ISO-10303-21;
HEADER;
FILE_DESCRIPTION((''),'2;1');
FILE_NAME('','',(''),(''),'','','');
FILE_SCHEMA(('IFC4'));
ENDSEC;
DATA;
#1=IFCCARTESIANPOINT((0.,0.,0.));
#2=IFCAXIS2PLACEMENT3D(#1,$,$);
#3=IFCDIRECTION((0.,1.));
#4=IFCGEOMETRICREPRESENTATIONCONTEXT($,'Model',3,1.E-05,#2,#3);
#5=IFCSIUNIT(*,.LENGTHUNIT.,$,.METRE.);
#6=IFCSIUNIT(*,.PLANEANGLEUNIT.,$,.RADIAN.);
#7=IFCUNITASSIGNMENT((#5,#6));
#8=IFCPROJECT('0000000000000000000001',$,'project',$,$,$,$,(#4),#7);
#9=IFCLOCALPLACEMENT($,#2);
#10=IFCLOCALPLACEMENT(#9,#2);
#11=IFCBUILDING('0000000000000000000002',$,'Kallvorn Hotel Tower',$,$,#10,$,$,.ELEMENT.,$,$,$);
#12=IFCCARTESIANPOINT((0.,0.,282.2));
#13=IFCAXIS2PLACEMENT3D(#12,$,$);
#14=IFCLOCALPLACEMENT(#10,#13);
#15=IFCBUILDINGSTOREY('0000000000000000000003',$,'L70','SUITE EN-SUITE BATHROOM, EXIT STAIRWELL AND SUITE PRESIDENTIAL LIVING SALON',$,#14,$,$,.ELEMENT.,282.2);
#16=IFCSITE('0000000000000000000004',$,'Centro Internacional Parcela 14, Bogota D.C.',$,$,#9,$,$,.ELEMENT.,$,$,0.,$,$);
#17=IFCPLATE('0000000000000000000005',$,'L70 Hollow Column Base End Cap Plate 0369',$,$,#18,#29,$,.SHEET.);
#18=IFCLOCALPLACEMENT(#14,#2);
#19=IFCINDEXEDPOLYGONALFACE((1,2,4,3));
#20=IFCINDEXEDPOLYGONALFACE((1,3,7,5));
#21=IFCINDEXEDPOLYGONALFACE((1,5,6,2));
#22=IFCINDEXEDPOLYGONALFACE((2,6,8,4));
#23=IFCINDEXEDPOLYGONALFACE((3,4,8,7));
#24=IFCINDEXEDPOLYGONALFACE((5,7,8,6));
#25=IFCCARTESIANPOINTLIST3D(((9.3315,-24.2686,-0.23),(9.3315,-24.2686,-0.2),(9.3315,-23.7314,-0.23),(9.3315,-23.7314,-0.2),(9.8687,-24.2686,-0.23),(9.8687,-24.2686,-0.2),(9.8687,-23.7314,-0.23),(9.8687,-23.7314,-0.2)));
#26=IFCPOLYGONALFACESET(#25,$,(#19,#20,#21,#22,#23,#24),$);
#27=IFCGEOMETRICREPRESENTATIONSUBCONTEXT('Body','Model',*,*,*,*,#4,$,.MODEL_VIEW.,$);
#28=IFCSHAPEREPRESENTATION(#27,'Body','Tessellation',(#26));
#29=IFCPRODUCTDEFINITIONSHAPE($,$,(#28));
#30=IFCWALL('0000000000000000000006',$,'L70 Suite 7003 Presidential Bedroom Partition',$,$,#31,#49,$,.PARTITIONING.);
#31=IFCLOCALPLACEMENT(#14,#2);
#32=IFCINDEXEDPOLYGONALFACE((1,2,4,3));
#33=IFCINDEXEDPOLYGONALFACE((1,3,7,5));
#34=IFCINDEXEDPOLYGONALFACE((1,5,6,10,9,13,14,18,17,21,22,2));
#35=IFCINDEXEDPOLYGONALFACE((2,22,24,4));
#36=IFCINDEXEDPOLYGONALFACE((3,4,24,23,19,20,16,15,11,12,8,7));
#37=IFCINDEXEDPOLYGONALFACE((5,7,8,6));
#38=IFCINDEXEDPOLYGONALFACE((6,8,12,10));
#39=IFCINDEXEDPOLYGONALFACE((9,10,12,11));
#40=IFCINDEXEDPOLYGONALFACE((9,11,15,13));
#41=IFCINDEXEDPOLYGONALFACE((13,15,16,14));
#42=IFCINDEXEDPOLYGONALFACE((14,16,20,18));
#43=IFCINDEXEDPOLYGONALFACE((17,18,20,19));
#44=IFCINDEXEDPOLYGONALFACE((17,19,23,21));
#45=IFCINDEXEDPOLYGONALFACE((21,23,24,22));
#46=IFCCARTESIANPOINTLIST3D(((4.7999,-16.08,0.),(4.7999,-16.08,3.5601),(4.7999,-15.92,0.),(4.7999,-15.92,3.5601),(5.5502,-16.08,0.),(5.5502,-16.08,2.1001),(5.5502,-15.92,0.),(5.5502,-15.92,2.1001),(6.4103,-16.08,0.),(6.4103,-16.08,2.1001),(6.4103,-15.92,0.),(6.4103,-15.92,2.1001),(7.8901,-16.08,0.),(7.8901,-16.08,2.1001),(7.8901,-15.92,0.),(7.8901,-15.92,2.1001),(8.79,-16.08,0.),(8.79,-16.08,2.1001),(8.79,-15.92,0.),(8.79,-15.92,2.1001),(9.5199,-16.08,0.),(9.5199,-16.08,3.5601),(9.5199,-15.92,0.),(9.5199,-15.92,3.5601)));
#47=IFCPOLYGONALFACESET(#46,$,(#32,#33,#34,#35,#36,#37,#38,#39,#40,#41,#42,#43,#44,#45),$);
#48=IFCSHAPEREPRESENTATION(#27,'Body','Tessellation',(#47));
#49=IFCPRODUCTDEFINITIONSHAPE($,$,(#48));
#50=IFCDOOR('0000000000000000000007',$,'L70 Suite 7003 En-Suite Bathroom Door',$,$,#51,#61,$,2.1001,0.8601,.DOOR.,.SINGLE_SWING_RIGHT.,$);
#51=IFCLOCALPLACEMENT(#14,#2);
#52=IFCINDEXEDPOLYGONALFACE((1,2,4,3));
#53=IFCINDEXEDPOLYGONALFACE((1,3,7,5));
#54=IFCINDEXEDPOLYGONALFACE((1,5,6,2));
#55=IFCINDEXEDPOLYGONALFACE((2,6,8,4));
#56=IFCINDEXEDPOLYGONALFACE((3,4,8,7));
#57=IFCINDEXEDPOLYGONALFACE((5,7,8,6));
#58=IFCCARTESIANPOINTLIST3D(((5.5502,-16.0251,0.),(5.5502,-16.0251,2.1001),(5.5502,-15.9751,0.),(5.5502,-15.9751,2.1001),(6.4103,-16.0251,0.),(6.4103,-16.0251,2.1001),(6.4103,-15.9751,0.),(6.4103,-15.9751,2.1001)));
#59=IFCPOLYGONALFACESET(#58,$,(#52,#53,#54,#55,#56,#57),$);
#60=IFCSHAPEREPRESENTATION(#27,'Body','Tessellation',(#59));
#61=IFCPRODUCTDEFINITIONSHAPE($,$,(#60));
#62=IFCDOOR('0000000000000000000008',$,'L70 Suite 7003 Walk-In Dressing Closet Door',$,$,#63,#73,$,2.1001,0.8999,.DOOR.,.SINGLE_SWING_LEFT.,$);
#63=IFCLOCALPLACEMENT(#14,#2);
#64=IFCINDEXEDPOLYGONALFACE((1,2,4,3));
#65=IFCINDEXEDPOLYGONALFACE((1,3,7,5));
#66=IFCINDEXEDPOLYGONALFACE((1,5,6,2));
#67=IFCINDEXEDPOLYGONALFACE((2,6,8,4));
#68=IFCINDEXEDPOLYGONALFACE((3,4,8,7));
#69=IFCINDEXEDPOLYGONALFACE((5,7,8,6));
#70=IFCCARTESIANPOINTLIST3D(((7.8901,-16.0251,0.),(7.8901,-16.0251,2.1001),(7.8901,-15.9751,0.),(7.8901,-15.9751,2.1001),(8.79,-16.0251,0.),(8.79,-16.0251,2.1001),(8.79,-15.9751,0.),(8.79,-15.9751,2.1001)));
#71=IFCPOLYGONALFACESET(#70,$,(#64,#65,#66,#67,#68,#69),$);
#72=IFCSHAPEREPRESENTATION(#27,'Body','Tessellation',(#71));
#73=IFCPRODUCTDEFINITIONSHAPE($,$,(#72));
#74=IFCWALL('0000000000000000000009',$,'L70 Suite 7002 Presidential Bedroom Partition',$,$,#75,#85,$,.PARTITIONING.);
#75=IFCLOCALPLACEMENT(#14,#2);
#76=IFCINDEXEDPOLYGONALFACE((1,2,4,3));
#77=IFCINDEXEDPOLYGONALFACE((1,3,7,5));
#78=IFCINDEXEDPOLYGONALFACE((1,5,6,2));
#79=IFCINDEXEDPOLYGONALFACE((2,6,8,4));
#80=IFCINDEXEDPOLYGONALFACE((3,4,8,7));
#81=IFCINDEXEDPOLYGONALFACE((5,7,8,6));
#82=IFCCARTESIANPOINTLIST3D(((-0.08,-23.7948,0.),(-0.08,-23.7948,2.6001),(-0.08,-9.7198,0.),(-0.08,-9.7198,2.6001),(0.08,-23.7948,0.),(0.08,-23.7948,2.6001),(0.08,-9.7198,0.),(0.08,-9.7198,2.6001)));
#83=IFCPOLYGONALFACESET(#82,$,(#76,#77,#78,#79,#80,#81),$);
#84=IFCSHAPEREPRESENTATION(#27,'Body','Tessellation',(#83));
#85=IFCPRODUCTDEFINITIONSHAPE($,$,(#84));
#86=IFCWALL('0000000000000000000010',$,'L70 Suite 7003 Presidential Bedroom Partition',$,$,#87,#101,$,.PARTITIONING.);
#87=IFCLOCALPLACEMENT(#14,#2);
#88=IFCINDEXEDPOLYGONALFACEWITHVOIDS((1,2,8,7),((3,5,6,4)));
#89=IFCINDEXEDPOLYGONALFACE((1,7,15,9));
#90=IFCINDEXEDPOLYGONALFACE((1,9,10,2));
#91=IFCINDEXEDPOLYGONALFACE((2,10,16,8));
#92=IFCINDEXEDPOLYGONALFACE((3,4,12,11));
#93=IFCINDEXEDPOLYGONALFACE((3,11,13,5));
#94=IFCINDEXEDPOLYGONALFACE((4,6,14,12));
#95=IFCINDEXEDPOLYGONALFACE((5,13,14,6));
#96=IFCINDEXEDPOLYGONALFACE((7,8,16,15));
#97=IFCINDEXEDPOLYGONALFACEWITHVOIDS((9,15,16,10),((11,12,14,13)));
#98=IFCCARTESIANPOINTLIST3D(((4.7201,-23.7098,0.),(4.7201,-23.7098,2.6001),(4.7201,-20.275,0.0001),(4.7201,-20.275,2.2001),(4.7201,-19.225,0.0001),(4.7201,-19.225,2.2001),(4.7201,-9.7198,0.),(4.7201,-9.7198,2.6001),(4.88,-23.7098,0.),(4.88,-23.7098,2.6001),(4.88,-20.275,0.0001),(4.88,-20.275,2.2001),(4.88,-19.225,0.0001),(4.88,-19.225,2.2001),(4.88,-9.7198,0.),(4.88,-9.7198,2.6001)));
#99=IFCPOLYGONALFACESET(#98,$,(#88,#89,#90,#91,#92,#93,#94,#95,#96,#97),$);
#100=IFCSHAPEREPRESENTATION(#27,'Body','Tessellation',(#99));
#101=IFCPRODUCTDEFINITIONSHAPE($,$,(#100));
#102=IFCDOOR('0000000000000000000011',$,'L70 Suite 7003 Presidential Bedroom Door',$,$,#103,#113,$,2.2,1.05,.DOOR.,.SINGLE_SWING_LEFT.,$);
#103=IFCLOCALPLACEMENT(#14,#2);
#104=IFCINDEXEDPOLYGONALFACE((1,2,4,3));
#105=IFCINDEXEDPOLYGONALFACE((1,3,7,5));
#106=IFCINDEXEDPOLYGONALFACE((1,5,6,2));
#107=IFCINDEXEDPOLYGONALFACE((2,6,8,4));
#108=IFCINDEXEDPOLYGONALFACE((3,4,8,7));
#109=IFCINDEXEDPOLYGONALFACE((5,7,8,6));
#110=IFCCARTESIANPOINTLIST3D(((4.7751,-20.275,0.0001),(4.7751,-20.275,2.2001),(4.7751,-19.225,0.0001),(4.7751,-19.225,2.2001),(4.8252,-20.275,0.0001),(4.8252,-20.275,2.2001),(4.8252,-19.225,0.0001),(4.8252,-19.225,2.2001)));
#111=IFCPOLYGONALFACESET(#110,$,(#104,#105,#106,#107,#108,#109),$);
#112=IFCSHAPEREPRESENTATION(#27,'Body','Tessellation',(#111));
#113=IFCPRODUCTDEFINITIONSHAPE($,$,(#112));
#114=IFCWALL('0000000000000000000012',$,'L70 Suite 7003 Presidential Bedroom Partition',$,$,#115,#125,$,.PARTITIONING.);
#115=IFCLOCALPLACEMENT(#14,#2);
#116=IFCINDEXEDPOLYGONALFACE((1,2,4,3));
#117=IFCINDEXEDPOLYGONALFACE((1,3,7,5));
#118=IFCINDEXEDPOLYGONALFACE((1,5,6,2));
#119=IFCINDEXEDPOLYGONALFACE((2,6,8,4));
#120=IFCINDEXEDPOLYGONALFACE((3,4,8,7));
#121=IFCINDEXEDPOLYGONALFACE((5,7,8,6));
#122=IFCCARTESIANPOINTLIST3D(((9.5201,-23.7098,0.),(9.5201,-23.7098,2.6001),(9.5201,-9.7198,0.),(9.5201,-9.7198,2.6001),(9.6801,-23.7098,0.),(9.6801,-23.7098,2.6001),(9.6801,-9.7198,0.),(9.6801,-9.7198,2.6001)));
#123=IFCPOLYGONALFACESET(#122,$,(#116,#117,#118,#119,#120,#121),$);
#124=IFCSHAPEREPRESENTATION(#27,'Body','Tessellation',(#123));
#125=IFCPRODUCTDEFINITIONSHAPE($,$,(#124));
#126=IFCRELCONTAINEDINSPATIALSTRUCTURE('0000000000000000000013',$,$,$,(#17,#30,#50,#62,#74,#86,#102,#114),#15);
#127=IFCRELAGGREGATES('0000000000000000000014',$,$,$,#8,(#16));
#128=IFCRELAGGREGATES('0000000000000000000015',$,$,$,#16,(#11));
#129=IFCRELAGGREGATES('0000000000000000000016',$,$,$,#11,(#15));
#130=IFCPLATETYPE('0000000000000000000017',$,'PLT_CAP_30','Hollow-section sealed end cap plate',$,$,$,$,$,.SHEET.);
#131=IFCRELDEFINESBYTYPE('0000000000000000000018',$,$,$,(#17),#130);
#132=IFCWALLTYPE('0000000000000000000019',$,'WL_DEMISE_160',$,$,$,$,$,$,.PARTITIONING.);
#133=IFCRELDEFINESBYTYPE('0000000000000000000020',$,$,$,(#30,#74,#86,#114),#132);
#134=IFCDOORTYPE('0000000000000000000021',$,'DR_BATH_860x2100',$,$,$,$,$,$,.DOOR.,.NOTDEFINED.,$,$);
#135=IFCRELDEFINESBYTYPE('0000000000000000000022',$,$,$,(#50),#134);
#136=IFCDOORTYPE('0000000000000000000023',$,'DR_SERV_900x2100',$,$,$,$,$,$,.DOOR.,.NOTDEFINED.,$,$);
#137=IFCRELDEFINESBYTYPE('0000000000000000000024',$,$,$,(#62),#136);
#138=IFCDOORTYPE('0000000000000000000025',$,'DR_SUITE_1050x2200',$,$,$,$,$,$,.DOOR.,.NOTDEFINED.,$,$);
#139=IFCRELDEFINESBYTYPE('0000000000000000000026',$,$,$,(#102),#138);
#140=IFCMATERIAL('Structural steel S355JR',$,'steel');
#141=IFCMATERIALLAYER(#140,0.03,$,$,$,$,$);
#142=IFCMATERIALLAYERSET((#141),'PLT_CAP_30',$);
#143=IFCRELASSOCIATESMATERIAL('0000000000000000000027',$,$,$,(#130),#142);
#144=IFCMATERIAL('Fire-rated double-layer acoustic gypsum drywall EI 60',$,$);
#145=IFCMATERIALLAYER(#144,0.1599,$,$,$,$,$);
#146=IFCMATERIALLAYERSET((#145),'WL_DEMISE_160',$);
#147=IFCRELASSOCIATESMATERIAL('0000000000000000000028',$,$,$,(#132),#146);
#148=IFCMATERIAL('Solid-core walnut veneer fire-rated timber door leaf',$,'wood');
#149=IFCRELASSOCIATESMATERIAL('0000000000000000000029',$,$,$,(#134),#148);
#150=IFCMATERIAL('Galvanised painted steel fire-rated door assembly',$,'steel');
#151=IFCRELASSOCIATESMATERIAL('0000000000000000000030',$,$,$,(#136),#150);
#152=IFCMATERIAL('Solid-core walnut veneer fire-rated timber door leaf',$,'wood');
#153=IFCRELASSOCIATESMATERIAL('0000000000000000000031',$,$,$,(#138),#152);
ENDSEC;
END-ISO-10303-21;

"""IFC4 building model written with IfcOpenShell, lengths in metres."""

from ifc_helpers import new_model, si_unit, direction, frame, frame_2d, origin, origin_2d, place, context, subcontext, project, spatial, rectangle, extrude, material, layer, layer_set, type_object, element, fill, save


model = new_model("IFC4")

# Units and contexts
model_context = context("Model", 3, precision=1e-05, world=origin(), true_north=direction((0.0, 1.0)))
body_context = subcontext(model_context, "Body", "Model", "MODEL_VIEW")
ifc_project = project(units=[si_unit("LENGTHUNIT", "METRE"), si_unit("PLANEANGLEUNIT", "RADIAN")], contexts=[model_context])

# Site, building, storey
site_placement = place(None, origin())
site = spatial("IfcSite", under=ifc_project, at=site_placement, Name="Centro Internacional Parcela 14, Bogota D.C.", CompositionType="ELEMENT", RefElevation=0.0)
building_placement = place(site_placement, origin())
building = spatial("IfcBuilding", under=site, at=building_placement, Name="Kallvorn Hotel Tower", CompositionType="ELEMENT")
storey_placement = place(building_placement, frame((0.0, 0.0, 282.2)))
storey = spatial("IfcBuildingStorey", under=building, at=storey_placement, Name="L70", Description="SUITE EN-SUITE BATHROOM, EXIT STAIRWELL AND SUITE PRESIDENTIAL LIVING SALON", CompositionType="ELEMENT", Elevation=282.2)

# Plate
ifc_material_1 = material(Name="Structural steel S355JR", Category="steel")
ifc_layer_1 = layer(ifc_material_1, 0.03)
ifc_layer_set_1 = layer_set([ifc_layer_1], Name="PLT_CAP_30")
plate_type_1 = type_object("IfcPlateType", Name="PLT_CAP_30", Description="Hollow-section sealed end cap plate", PredefinedType="SHEET", material=ifc_layer_set_1)
for number, where, z_axis, x_axis, name in (
    (1, (9.6001, -24.0, -0.23), (0.0, 0.0, 1.0), (1.0, 0.0, 0.0), "L70 Hollow Column Base End Cap Plate 0369"),
):
    element("IfcPlate", number, at=place(storey_placement, frame(where, z_axis=z_axis, x_axis=x_axis)), inside=storey, type_object=plate_type_1, Name=name, PredefinedType="SHEET", context=body_context, shape_type="SweptSolid", body=[
        extrude(rectangle(XDim=0.5371, YDim=0.5371, at=origin_2d()), origin(), (0.0, 0.0, 1.0), 0.03),
    ])

# Wall, openings, doors
ifc_material_2 = material(Name="Fire-rated double-layer acoustic gypsum drywall EI 60")
ifc_layer_2 = layer(ifc_material_2, 0.1599)
ifc_layer_set_2 = layer_set([ifc_layer_2], Name="WL_DEMISE_160")
wall_type_1 = type_object("IfcWallType", Name="WL_DEMISE_160", PredefinedType="PARTITIONING", material=ifc_layer_set_2)
wall_1_placement = place(storey_placement, frame((4.8, -16.0, 0.0), z_axis=(0.0, 0.0, 1.0), x_axis=(1.0, 0.0, 0.0)))
wall_1 = element("IfcWall", 2, at=wall_1_placement, inside=storey, type_object=wall_type_1, Name="L70 Suite 7003 Presidential Bedroom Partition", PredefinedType="PARTITIONING", context=body_context, shape_type="SweptSolid", body=[
    extrude(rectangle(XDim=4.72, YDim=0.1599, at=frame_2d((2.3599, 0.0))), origin(), (0.0, 0.0, 1.0), 3.5601),
])
opening_1_placement = place(wall_1_placement, frame((0.75, 0.0, 0.0)))
opening_1 = element("IfcOpeningElement", 3, at=opening_1_placement, cuts=wall_1, PredefinedType="OPENING", context=body_context, shape_type="SweptSolid", body=[
    extrude(rectangle(XDim=0.8601, YDim=2.1001, at=frame_2d((0.4302, 1.05))), frame((0.0, 0.095, 0.0), z_axis=(0.0, -1.0, 0.0), x_axis=(1.0, 0.0, 0.0)), (0.0, 0.0, 1.0), 0.1899),
])
opening_2_placement = place(wall_1_placement, frame((3.0901, 0.0, 0.0)))
opening_2 = element("IfcOpeningElement", 4, at=opening_2_placement, cuts=wall_1, PredefinedType="OPENING", context=body_context, shape_type="SweptSolid", body=[
    extrude(rectangle(XDim=0.8999, YDim=2.1001, at=frame_2d((0.45, 1.05))), frame((0.0, 0.095, 0.0), z_axis=(0.0, -1.0, 0.0), x_axis=(1.0, 0.0, 0.0)), (0.0, 0.0, 1.0), 0.1899),
])
ifc_material_3 = material(Name="Solid-core walnut veneer fire-rated timber door leaf", Category="wood")
door_type_1 = type_object("IfcDoorType", Name="DR_BATH_860x2100", OperationType="NOTDEFINED", PredefinedType="DOOR", material=ifc_material_3)
door_1_placement = place(opening_1_placement, origin())
door_1 = element("IfcDoor", 5, at=door_1_placement, inside=storey, type_object=door_type_1, Name="L70 Suite 7003 En-Suite Bathroom Door", OperationType="SINGLE_SWING_RIGHT", OverallHeight=2.1001, OverallWidth=0.8601, PredefinedType="DOOR", context=body_context, shape_type="SweptSolid", body=[
    extrude(rectangle(XDim=0.8601, YDim=2.1001, at=frame_2d((0.4302, 1.05))), frame((0.0, 0.0249, 0.0), z_axis=(0.0, -1.0, 0.0), x_axis=(1.0, 0.0, 0.0)), (0.0, 0.0, 1.0), 0.05),
])
fill(opening_1, door_1)
ifc_material_4 = material(Name="Galvanised painted steel fire-rated door assembly", Category="steel")
door_type_2 = type_object("IfcDoorType", Name="DR_SERV_900x2100", OperationType="NOTDEFINED", PredefinedType="DOOR", material=ifc_material_4)
door_2_placement = place(opening_2_placement, origin())
door_2 = element("IfcDoor", 6, at=door_2_placement, inside=storey, type_object=door_type_2, Name="L70 Suite 7003 Walk-In Dressing Closet Door", OperationType="SINGLE_SWING_LEFT", OverallHeight=2.1001, OverallWidth=0.8999, PredefinedType="DOOR", context=body_context, shape_type="SweptSolid", body=[
    extrude(rectangle(XDim=0.8999, YDim=2.1001, at=frame_2d((0.45, 1.05))), frame((0.0, 0.0249, 0.0), z_axis=(0.0, -1.0, 0.0), x_axis=(1.0, 0.0, 0.0)), (0.0, 0.0, 1.0), 0.05),
])
fill(opening_2, door_2)

# Wall
wall_2_placement = place(storey_placement, frame((0.0, -23.7949, 0.0), z_axis=(0.0, 0.0, 1.0), x_axis=(0.0, 1.0, 0.0)))
element("IfcWall", 7, at=wall_2_placement, inside=storey, type_object=wall_type_1, Name="L70 Suite 7002 Presidential Bedroom Partition", PredefinedType="PARTITIONING", context=body_context, shape_type="SweptSolid", body=[
    extrude(rectangle(XDim=14.075, YDim=0.1599, at=frame_2d((7.0376, 0.0))), origin(), (0.0, 0.0, 1.0), 2.6001),
])

# Wall, opening, door
wall_3_placement = place(storey_placement, frame((4.8, -23.71, 0.0), z_axis=(0.0, 0.0, 1.0), x_axis=(0.0, 1.0, 0.0)))
wall_3 = element("IfcWall", 8, at=wall_3_placement, inside=storey, type_object=wall_type_1, Name="L70 Suite 7003 Presidential Bedroom Partition", PredefinedType="PARTITIONING", context=body_context, shape_type="SweptSolid", body=[
    extrude(rectangle(XDim=13.99, YDim=0.1599, at=frame_2d((6.9951, 0.0))), origin(), (0.0, 0.0, 1.0), 2.6001),
])
opening_3_placement = place(wall_3_placement, frame((3.4351, 0.0, 0.0)))
opening_3 = element("IfcOpeningElement", 9, at=opening_3_placement, cuts=wall_3, PredefinedType="OPENING", context=body_context, shape_type="SweptSolid", body=[
    extrude(rectangle(XDim=1.05, YDim=2.2, at=frame_2d((0.5249, 1.1001))), frame((0.0, 0.095, 0.0), z_axis=(0.0, -1.0, 0.0), x_axis=(1.0, 0.0, 0.0)), (0.0, 0.0, 1.0), 0.1899),
])
ifc_material_5 = material(Name="Solid-core walnut veneer fire-rated timber door leaf", Category="wood")
door_type_3 = type_object("IfcDoorType", Name="DR_SUITE_1050x2200", OperationType="NOTDEFINED", PredefinedType="DOOR", material=ifc_material_5)
door_3_placement = place(opening_3_placement, origin())
door_3 = element("IfcDoor", 10, at=door_3_placement, inside=storey, type_object=door_type_3, Name="L70 Suite 7003 Presidential Bedroom Door", OperationType="SINGLE_SWING_LEFT", OverallHeight=2.2, OverallWidth=1.05, PredefinedType="DOOR", context=body_context, shape_type="SweptSolid", body=[
    extrude(rectangle(XDim=1.05, YDim=2.2, at=frame_2d((0.5249, 1.1001))), frame((0.0, 0.0249, 0.0), z_axis=(0.0, -1.0, 0.0), x_axis=(1.0, 0.0, 0.0)), (0.0, 0.0, 1.0), 0.05),
])
fill(opening_3, door_3)

# Wall
wall_4_placement = place(storey_placement, frame((9.6001, -23.71, 0.0), z_axis=(0.0, 0.0, 1.0), x_axis=(0.0, 1.0, 0.0)))
element("IfcWall", 11, at=wall_4_placement, inside=storey, type_object=wall_type_1, Name="L70 Suite 7003 Presidential Bedroom Partition", PredefinedType="PARTITIONING", context=body_context, shape_type="SweptSolid", body=[
    extrude(rectangle(XDim=13.99, YDim=0.1599, at=frame_2d((6.9951, 0.0))), origin(), (0.0, 0.0, 1.0), 2.6001),
])

save(model, "model.ifc")
